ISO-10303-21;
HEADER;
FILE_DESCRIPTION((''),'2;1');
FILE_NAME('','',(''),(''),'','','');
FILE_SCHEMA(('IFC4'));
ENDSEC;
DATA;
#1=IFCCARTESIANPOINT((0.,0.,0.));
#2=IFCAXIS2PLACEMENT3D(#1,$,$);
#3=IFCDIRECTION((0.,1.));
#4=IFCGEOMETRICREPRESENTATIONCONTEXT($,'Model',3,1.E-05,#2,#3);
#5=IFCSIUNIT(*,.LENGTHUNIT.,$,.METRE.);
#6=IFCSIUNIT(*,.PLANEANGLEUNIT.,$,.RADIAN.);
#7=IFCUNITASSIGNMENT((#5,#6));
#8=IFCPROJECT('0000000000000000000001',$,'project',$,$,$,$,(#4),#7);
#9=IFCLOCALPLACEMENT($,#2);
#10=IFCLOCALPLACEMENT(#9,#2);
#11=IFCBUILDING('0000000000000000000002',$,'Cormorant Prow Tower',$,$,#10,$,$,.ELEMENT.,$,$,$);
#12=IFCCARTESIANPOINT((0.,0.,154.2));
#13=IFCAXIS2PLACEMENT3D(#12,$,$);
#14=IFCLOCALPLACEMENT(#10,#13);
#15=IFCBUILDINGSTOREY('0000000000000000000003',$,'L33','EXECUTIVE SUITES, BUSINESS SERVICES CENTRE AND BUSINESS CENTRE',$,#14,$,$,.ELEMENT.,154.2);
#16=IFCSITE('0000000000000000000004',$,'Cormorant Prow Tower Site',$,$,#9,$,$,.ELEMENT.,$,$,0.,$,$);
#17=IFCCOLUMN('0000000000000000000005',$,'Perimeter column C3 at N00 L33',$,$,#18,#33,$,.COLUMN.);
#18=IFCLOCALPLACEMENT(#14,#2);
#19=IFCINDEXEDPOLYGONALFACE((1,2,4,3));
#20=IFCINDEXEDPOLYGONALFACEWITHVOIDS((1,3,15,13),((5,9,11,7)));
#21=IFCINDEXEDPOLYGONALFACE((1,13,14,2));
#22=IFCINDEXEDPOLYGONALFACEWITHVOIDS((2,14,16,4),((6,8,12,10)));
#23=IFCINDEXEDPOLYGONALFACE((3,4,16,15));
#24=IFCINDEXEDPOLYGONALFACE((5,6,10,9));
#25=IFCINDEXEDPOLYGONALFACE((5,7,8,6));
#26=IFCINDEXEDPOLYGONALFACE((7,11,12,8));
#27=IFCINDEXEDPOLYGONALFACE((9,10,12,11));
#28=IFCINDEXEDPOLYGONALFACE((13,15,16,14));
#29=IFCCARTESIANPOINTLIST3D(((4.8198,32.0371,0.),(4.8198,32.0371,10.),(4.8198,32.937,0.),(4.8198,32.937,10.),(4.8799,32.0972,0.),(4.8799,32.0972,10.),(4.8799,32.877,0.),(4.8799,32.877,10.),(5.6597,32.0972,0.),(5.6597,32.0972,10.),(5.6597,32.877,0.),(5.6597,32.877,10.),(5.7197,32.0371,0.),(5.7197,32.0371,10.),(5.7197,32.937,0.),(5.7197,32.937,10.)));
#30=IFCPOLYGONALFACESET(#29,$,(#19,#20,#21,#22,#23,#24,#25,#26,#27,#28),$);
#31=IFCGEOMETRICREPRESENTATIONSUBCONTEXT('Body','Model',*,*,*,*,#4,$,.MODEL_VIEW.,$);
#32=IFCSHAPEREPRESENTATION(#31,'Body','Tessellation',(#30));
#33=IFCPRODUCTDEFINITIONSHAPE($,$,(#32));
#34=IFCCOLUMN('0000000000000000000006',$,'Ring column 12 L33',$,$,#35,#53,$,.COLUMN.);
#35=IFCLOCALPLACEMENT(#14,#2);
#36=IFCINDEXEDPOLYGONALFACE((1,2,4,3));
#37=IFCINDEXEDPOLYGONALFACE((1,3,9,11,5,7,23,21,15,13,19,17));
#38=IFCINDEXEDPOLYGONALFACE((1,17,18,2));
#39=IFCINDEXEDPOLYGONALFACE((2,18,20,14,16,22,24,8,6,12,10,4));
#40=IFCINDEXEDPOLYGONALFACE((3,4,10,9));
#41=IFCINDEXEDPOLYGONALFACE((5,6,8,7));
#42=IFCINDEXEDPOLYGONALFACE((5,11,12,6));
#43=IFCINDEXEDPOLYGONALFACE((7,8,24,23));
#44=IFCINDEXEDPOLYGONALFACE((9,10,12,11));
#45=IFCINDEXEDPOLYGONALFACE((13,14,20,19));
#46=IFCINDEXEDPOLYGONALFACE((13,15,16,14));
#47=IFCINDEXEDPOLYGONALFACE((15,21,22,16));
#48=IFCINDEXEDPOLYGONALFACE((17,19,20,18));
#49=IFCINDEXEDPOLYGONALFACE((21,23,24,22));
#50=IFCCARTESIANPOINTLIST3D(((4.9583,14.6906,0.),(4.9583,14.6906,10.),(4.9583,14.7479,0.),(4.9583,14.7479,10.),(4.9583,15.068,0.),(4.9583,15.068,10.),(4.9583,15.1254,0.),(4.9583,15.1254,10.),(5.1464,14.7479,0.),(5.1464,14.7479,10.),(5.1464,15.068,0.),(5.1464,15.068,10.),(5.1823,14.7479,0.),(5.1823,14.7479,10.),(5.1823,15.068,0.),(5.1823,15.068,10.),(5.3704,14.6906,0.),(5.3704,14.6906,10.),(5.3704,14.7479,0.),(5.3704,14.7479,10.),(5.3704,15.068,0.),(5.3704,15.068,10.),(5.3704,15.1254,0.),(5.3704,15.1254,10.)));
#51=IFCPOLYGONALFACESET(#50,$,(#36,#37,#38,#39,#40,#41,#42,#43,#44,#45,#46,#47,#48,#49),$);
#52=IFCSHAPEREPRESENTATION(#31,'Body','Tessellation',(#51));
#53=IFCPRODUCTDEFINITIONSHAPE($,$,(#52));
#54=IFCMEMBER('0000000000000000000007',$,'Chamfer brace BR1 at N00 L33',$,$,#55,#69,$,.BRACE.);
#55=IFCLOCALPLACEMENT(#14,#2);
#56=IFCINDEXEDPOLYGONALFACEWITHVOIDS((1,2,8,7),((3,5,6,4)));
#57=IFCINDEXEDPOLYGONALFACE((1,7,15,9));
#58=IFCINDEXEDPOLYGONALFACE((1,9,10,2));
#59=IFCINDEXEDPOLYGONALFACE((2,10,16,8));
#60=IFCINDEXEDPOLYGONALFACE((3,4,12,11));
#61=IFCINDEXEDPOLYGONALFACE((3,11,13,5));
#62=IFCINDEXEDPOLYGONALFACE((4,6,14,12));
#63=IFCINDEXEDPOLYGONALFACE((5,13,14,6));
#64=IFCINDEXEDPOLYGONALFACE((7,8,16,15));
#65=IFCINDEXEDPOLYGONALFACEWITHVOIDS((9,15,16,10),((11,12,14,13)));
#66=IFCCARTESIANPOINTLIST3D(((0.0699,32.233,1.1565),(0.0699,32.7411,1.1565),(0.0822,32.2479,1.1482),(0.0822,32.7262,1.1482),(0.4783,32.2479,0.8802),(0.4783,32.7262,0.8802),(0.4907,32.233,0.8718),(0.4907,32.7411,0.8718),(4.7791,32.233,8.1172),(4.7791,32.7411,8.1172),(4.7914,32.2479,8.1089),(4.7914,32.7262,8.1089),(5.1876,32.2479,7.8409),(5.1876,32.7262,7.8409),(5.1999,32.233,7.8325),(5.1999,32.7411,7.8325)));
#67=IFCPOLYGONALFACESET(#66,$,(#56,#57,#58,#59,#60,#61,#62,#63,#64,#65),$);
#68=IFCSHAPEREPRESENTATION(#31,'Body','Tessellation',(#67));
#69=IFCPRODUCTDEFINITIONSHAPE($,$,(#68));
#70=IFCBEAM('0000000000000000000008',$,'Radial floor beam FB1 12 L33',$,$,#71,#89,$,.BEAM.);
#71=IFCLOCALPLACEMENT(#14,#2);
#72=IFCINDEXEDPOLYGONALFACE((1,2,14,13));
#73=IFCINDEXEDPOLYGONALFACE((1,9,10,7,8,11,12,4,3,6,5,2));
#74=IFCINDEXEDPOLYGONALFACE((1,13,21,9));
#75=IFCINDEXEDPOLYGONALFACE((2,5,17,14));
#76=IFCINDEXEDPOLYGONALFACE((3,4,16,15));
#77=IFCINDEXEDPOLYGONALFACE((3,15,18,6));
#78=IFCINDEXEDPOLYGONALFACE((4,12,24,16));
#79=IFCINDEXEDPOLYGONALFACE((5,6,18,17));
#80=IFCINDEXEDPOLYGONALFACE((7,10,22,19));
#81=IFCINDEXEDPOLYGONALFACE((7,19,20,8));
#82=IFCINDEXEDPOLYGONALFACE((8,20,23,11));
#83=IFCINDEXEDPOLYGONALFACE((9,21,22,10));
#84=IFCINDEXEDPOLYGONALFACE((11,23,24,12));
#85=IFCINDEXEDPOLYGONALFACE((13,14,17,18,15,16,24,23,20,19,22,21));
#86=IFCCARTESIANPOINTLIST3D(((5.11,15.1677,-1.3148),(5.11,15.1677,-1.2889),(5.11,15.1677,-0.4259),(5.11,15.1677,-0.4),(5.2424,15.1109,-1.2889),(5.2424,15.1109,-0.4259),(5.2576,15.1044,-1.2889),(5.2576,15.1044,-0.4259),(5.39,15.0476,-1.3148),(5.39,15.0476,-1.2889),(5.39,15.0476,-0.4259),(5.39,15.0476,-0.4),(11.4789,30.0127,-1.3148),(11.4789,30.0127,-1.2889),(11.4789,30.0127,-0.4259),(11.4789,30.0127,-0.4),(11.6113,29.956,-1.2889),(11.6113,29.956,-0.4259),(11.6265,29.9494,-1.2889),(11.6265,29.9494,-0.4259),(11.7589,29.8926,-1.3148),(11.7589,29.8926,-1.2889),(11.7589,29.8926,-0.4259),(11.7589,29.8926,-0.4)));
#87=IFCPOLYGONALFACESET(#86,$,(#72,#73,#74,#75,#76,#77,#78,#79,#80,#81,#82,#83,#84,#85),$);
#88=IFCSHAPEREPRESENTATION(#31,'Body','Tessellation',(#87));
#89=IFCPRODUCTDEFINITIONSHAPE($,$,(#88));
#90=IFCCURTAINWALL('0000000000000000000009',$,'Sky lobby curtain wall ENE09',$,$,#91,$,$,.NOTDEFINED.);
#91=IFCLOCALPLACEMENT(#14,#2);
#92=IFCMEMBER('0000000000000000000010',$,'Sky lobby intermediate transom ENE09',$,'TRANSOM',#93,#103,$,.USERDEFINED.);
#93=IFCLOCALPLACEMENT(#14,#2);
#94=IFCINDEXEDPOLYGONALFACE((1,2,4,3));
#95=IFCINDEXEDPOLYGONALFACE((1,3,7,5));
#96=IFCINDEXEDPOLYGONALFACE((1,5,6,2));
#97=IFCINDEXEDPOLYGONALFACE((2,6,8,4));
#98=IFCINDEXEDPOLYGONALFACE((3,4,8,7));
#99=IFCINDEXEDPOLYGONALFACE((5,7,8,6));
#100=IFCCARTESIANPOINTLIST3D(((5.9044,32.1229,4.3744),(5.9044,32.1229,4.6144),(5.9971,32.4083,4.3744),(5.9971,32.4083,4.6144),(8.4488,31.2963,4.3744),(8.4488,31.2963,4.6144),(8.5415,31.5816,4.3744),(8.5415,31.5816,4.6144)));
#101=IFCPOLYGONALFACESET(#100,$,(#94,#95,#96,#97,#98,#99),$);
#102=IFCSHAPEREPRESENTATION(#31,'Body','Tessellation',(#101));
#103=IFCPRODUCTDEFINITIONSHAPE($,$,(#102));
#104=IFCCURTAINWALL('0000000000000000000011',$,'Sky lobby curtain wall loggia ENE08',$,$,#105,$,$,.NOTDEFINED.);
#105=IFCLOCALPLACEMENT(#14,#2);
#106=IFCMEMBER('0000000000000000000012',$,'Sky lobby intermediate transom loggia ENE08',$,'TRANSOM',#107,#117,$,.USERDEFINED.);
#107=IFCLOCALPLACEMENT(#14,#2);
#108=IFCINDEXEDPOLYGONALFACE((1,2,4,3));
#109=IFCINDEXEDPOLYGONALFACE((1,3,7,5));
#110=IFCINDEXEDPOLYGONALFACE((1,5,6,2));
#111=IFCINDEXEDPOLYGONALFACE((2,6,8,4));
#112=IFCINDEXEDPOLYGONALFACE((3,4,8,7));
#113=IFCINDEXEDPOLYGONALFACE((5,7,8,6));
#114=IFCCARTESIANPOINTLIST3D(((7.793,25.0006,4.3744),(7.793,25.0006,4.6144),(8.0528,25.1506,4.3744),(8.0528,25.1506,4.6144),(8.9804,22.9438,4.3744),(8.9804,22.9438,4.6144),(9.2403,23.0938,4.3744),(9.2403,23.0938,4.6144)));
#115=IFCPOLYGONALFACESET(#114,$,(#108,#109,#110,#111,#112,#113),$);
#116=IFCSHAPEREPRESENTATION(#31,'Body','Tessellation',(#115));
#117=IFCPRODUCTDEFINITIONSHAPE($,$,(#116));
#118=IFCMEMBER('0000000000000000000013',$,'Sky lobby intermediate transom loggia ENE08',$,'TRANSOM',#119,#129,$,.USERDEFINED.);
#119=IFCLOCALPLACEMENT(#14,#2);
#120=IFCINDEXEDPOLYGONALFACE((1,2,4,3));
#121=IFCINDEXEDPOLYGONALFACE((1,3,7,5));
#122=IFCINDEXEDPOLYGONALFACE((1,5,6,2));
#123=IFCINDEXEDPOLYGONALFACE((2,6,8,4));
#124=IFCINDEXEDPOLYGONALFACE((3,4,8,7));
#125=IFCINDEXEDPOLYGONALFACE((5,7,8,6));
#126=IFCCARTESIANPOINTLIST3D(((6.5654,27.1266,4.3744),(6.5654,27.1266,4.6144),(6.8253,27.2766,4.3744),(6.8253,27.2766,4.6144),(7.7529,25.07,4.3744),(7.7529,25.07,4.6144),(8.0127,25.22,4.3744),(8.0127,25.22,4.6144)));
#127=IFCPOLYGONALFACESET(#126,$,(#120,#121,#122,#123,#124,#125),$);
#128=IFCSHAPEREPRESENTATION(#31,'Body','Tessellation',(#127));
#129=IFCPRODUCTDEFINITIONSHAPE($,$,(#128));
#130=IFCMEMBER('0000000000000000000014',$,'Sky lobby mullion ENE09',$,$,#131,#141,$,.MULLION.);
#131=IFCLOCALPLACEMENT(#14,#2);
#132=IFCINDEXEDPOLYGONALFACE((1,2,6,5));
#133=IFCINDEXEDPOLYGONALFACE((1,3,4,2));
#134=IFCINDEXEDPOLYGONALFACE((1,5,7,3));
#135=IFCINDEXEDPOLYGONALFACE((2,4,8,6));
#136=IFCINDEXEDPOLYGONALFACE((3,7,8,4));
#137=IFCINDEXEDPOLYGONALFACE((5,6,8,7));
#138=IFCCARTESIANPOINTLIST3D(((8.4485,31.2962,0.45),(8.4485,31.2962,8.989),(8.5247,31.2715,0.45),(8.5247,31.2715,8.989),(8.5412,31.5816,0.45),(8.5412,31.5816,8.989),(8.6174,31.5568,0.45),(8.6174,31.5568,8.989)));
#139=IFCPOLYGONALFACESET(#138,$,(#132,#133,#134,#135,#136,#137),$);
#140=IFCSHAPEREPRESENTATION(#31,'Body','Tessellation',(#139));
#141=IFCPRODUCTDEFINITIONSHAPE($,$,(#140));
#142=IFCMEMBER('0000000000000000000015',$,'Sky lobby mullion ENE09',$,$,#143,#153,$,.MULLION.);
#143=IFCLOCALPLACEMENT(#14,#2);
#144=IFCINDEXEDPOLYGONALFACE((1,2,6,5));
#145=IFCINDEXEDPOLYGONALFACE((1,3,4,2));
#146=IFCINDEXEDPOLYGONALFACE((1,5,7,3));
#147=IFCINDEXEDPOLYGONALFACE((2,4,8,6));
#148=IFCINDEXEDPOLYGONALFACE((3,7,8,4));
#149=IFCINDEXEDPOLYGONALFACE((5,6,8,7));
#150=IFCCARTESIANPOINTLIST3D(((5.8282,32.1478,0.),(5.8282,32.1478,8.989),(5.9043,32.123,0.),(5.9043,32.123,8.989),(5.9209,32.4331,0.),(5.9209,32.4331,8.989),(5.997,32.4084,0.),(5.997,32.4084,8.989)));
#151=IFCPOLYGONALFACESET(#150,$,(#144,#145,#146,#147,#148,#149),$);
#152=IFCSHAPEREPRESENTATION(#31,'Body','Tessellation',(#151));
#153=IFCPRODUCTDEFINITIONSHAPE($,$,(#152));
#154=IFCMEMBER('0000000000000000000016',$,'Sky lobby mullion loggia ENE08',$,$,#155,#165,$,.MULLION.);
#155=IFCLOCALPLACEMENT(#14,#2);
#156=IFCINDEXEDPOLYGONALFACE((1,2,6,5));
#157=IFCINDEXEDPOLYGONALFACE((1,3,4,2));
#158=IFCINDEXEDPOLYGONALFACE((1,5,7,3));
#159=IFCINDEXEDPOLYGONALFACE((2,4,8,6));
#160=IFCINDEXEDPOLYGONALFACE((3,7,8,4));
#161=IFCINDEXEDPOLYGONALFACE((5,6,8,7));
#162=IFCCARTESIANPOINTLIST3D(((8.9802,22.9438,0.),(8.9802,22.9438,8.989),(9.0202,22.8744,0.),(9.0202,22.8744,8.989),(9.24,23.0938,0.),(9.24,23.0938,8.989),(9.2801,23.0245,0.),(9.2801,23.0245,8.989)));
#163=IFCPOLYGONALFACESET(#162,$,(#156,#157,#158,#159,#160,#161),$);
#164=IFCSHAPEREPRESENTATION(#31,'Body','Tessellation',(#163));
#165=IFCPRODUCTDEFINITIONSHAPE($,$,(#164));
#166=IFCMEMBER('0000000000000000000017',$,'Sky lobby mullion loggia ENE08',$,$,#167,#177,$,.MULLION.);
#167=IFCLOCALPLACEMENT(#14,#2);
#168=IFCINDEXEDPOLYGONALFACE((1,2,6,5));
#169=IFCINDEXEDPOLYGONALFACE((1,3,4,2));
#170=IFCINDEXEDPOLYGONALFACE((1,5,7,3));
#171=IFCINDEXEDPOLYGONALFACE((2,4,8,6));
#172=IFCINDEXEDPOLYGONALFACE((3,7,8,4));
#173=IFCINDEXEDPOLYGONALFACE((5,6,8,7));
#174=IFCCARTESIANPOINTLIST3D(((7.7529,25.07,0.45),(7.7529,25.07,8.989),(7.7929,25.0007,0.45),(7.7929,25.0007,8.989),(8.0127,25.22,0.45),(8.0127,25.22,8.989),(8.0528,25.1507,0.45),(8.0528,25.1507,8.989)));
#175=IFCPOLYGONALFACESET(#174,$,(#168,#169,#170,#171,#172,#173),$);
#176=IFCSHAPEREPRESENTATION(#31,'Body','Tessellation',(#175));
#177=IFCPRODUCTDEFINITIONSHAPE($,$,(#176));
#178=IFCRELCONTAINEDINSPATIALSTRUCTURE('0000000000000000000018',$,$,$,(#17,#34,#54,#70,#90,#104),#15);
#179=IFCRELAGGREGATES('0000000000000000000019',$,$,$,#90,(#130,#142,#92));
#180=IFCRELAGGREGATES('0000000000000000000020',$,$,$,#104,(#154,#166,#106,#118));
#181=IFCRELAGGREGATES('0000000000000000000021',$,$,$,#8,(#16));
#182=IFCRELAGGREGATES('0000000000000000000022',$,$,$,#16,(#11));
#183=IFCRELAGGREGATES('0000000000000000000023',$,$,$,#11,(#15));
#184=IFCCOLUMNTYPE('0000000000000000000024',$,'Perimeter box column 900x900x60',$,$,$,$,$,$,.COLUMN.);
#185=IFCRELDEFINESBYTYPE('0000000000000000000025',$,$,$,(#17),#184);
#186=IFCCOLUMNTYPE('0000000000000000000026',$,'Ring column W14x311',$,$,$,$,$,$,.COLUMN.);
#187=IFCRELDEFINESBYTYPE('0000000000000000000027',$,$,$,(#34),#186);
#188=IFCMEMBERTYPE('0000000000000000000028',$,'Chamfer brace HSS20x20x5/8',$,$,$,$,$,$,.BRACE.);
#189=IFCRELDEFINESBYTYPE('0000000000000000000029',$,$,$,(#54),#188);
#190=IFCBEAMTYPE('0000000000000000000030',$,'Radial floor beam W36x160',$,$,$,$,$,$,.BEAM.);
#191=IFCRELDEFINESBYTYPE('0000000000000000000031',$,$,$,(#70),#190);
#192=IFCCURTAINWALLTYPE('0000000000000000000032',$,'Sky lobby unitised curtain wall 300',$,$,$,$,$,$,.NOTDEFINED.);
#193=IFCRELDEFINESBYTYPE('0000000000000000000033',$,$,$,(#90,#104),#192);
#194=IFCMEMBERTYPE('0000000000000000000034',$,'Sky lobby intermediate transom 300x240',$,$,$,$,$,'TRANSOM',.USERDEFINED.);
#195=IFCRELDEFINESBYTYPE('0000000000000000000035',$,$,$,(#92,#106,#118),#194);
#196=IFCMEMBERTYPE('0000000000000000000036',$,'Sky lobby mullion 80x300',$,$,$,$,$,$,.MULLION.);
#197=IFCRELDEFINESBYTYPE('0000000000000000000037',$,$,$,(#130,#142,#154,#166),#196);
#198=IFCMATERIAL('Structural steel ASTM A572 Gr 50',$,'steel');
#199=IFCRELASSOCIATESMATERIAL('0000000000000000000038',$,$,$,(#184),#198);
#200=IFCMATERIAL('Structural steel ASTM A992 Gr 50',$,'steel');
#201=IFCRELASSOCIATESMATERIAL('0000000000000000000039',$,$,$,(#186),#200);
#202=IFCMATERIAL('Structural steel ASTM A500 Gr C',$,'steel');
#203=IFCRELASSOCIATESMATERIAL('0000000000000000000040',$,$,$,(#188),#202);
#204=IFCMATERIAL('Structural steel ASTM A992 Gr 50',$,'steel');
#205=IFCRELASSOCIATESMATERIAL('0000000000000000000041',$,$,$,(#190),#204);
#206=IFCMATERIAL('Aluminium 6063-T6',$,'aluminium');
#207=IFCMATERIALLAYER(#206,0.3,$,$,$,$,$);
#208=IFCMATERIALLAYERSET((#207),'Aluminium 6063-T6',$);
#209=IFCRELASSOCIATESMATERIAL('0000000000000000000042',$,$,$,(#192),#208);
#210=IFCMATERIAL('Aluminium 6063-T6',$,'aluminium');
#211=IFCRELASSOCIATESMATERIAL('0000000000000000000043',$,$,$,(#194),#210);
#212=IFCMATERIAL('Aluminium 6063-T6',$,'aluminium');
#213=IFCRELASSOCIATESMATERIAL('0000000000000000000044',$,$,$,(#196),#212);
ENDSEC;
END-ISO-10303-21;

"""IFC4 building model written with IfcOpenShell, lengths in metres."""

from ifc_helpers import new_model, si_unit, direction, frame, origin, origin_2d, place, context, subcontext, project, spatial, rectangle, hollow_rectangle, i_section, extrude, material, layer, layer_set, material_profile, profile_set, type_object, element, aggregate, save


model = new_model("IFC4")

# Units and contexts
model_context = context("Model", 3, precision=1e-05, world=origin(), true_north=direction((0.0, 1.0)))
body_context = subcontext(model_context, "Body", "Model", "MODEL_VIEW")
ifc_project = project(units=[si_unit("LENGTHUNIT", "METRE"), si_unit("PLANEANGLEUNIT", "RADIAN")], contexts=[model_context])

# Site, building, storey
site_placement = place(None, origin())
site = spatial("IfcSite", under=ifc_project, at=site_placement, Name="Cormorant Prow Tower Site", CompositionType="ELEMENT", RefElevation=0.0)
building_placement = place(site_placement, origin())
building = spatial("IfcBuilding", under=site, at=building_placement, Name="Cormorant Prow Tower", CompositionType="ELEMENT")
storey_placement = place(building_placement, frame((0.0, 0.0, 154.2)))
storey = spatial("IfcBuildingStorey", under=building, at=storey_placement, Name="L33", Description="EXECUTIVE SUITES, BUSINESS SERVICES CENTRE AND BUSINESS CENTRE", CompositionType="ELEMENT", Elevation=154.2)

# Columns
ifc_material_1 = material(Name="Structural steel ASTM A572 Gr 50", Category="steel")
ifc_material_profile_1 = material_profile(ifc_material_1, hollow_rectangle(XDim=0.8999, YDim=0.8999, WallThickness=0.0601, at=origin_2d()), Name="Box 900x900x60")
ifc_profile_set_1 = profile_set([ifc_material_profile_1], Name="Structural steel ASTM A572 Gr 50")
column_type_1 = type_object("IfcColumnType", Name="Perimeter box column 900x900x60", PredefinedType="COLUMN", material=ifc_profile_set_1)
column_1_placement = place(storey_placement, frame((5.2698, 32.4871, 0.0), z_axis=(0.0, 0.0, 1.0), x_axis=(1.0, 0.0, 0.0)))
element("IfcColumn", 1, at=column_1_placement, inside=storey, type_object=column_type_1, Name="Perimeter column C3 at N00 L33", PredefinedType="COLUMN", context=body_context, shape_type="SweptSolid", body=[
    extrude(hollow_rectangle(XDim=0.8999, YDim=0.8999, WallThickness=0.0601, at=origin_2d()), origin(), (0.0, 0.0, 1.0), 10.0),
])
ifc_material_2 = material(Name="Structural steel ASTM A992 Gr 50", Category="steel")
ifc_material_profile_2 = material_profile(ifc_material_2, i_section(OverallWidth=0.4121, OverallDepth=0.4348, WebThickness=0.0359, FlangeThickness=0.0574, at=origin_2d()), Name="W14x311")
ifc_profile_set_2 = profile_set([ifc_material_profile_2], Name="Structural steel ASTM A992 Gr 50")
column_type_2 = type_object("IfcColumnType", Name="Ring column W14x311", PredefinedType="COLUMN", material=ifc_profile_set_2)
column_2_placement = place(storey_placement, frame((5.1643, 14.908, 0.0), z_axis=(0.0, 0.0, 1.0), x_axis=(1.0, 0.0, 0.0)))
element("IfcColumn", 2, at=column_2_placement, inside=storey, type_object=column_type_2, Name="Ring column 12 L33", PredefinedType="COLUMN", context=body_context, shape_type="SweptSolid", body=[
    extrude(i_section(OverallWidth=0.4121, OverallDepth=0.4348, WebThickness=0.0359, FlangeThickness=0.0574, at=origin_2d()), origin(), (0.0, 0.0, 1.0), 10.0),
])

# Member
ifc_material_3 = material(Name="Structural steel ASTM A500 Gr C", Category="steel")
ifc_material_profile_3 = material_profile(ifc_material_3, hollow_rectangle(XDim=0.5081, YDim=0.5081, WallThickness=0.0149, at=origin_2d()), Name="HSS20x20x5/8")
ifc_profile_set_3 = profile_set([ifc_material_profile_3], Name="Structural steel ASTM A500 Gr C")
member_type_1 = type_object("IfcMemberType", Name="Chamfer brace HSS20x20x5/8", PredefinedType="BRACE", material=ifc_profile_set_3)
member_1_placement = place(storey_placement, frame((0.2803, 32.4871, 1.0142), z_axis=(0.560352, 0.0, 0.828254), x_axis=(0.0, 1.0, 0.0)))
element("IfcMember", 3, at=member_1_placement, inside=storey, type_object=member_type_1, Name="Chamfer brace BR1 at N00 L33", PredefinedType="BRACE", context=body_context, shape_type="SweptSolid", body=[
    extrude(hollow_rectangle(XDim=0.5081, YDim=0.5081, WallThickness=0.0149, at=origin_2d()), origin(), (0.0, 0.0, 1.0), 8.4041),
])

# Beam
ifc_material_4 = material(Name="Structural steel ASTM A992 Gr 50", Category="steel")
ifc_material_profile_4 = material_profile(ifc_material_4, i_section(OverallWidth=0.3047, OverallDepth=0.9148, WebThickness=0.0166, FlangeThickness=0.0259, at=origin_2d()), Name="W36x160")
ifc_profile_set_4 = profile_set([ifc_material_profile_4], Name="Structural steel ASTM A992 Gr 50")
beam_type_1 = type_object("IfcBeamType", Name="Radial floor beam W36x160", PredefinedType="BEAM", material=ifc_profile_set_4)
beam_1_placement = place(storey_placement, frame((5.25, 15.1077, -0.8574), z_axis=(0.394273, 0.918993, 0.0), x_axis=(-0.918993, 0.394273, 0.0)))
element("IfcBeam", 4, at=beam_1_placement, inside=storey, type_object=beam_type_1, Name="Radial floor beam FB1 12 L33", PredefinedType="BEAM", context=body_context, shape_type="SweptSolid", body=[
    extrude(i_section(OverallWidth=0.3047, OverallDepth=0.9148, WebThickness=0.0166, FlangeThickness=0.0259, at=origin_2d()), origin(), (0.0, 0.0, 1.0), 16.1536),
])

# Curtain wall, member
ifc_material_5 = material(Name="Aluminium 6063-T6", Category="aluminium")
ifc_layer_1 = layer(ifc_material_5, 0.3)
ifc_layer_set_1 = layer_set([ifc_layer_1], Name="Aluminium 6063-T6")
curtain_wall_type = type_object("IfcCurtainWallType", Name="Sky lobby unitised curtain wall 300", PredefinedType="NOTDEFINED", material=ifc_layer_set_1)
curtain_wall_1_placement = place(storey_placement, origin())
curtain_wall_1 = element("IfcCurtainWall", 5, at=curtain_wall_1_placement, inside=storey, type_object=curtain_wall_type, Name="Sky lobby curtain wall ENE09", PredefinedType="NOTDEFINED")
ifc_material_6 = material(Name="Aluminium 6063-T6", Category="aluminium")
ifc_material_profile_5 = material_profile(ifc_material_6, rectangle(XDim=0.3, YDim=0.24, at=origin_2d()), Name="Sky lobby intermediate transom 300x240")
ifc_profile_set_5 = profile_set([ifc_material_profile_5], Name="Aluminium 6063-T6")
member_type_2 = type_object("IfcMemberType", Name="Sky lobby intermediate transom 300x240", ElementType="TRANSOM", PredefinedType="USERDEFINED", material=ifc_profile_set_5)
member_2_placement = place(storey_placement, frame((8.4951, 31.439, 4.4944), z_axis=(-0.951065, 0.308991, 0.0), x_axis=(-0.308991, -0.951065, 0.0)))
member_2 = element("IfcMember", 6, at=member_2_placement, type_object=member_type_2, Name="Sky lobby intermediate transom ENE09", ObjectType="TRANSOM", PredefinedType="USERDEFINED", context=body_context, shape_type="SweptSolid", body=[
    extrude(rectangle(XDim=0.3, YDim=0.24, at=origin_2d()), origin(), (0.0, 0.0, 1.0), 2.6753),
])

# Curtain wall, members
curtain_wall_2_placement = place(storey_placement, origin())
curtain_wall_2 = element("IfcCurtainWall", 7, at=curtain_wall_2_placement, inside=storey, type_object=curtain_wall_type, Name="Sky lobby curtain wall loggia ENE08", PredefinedType="NOTDEFINED")
member_3_placement = place(storey_placement, frame((9.1104, 23.0188, 4.4944), z_axis=(-0.499986, 0.866033, 0.0), x_axis=(-0.866033, -0.499986, 0.0)))
member_3 = element("IfcMember", 8, at=member_3_placement, type_object=member_type_2, Name="Sky lobby intermediate transom loggia ENE08", ObjectType="TRANSOM", PredefinedType="USERDEFINED", context=body_context, shape_type="SweptSolid", body=[
    extrude(rectangle(XDim=0.3, YDim=0.24, at=origin_2d()), origin(), (0.0, 0.0, 1.0), 2.375),
])
member_4_placement = place(storey_placement, frame((7.8828, 25.145, 4.4944), z_axis=(-0.500031, 0.866008, 0.0), x_axis=(-0.866008, -0.500031, 0.0)))
member_4 = element("IfcMember", 9, at=member_4_placement, type_object=member_type_2, Name="Sky lobby intermediate transom loggia ENE08", ObjectType="TRANSOM", PredefinedType="USERDEFINED", context=body_context, shape_type="SweptSolid", body=[
    extrude(rectangle(XDim=0.3, YDim=0.24, at=origin_2d()), origin(), (0.0, 0.0, 1.0), 2.3748),
])

# Members
ifc_material_7 = material(Name="Aluminium 6063-T6", Category="aluminium")
ifc_material_profile_6 = material_profile(ifc_material_7, rectangle(XDim=0.3, YDim=0.0801, at=origin_2d()), Name="Sky lobby mullion 80x300")
ifc_profile_set_6 = profile_set([ifc_material_profile_6], Name="Aluminium 6063-T6")
member_type_3 = type_object("IfcMemberType", Name="Sky lobby mullion 80x300", PredefinedType="MULLION", material=ifc_profile_set_6)
member_5_placement = place(storey_placement, frame((8.533, 31.4265, 0.45), z_axis=(0.0, 0.0, 1.0), x_axis=(-0.309017, -0.951056, 0.0)))
member_5 = element("IfcMember", 10, at=member_5_placement, type_object=member_type_3, Name="Sky lobby mullion ENE09", PredefinedType="MULLION", context=body_context, shape_type="SweptSolid", body=[
    extrude(rectangle(XDim=0.3, YDim=0.0801, at=origin_2d()), origin(), (0.0, 0.0, 1.0), 8.5391),
])
member_6_placement = place(storey_placement, frame((5.9126, 32.2781, 0.0), z_axis=(0.0, 0.0, 1.0), x_axis=(-0.309017, -0.951056, 0.0)))
member_6 = element("IfcMember", 11, at=member_6_placement, type_object=member_type_3, Name="Sky lobby mullion ENE09", PredefinedType="MULLION", context=body_context, shape_type="SweptSolid", body=[
    extrude(rectangle(XDim=0.3, YDim=0.0801, at=origin_2d()), origin(), (0.0, 0.0, 1.0), 8.989),
])
member_7_placement = place(storey_placement, frame((9.1301, 22.9841, 0.0), z_axis=(0.0, 0.0, 1.0), x_axis=(-0.866025, -0.5, 0.0)))
member_7 = element("IfcMember", 12, at=member_7_placement, type_object=member_type_3, Name="Sky lobby mullion loggia ENE08", PredefinedType="MULLION", context=body_context, shape_type="SweptSolid", body=[
    extrude(rectangle(XDim=0.3, YDim=0.0801, at=origin_2d()), origin(), (0.0, 0.0, 1.0), 8.989),
])
member_8_placement = place(storey_placement, frame((7.9028, 25.1104, 0.45), z_axis=(0.0, 0.0, 1.0), x_axis=(-0.866025, -0.5, 0.0)))
member_8 = element("IfcMember", 13, at=member_8_placement, type_object=member_type_3, Name="Sky lobby mullion loggia ENE08", PredefinedType="MULLION", context=body_context, shape_type="SweptSolid", body=[
    extrude(rectangle(XDim=0.3, YDim=0.0801, at=origin_2d()), origin(), (0.0, 0.0, 1.0), 8.5391),
])

aggregate(curtain_wall_1, [member_5, member_6, member_2])
aggregate(curtain_wall_2, [member_7, member_8, member_3, member_4])

save(model, "model.ifc")
